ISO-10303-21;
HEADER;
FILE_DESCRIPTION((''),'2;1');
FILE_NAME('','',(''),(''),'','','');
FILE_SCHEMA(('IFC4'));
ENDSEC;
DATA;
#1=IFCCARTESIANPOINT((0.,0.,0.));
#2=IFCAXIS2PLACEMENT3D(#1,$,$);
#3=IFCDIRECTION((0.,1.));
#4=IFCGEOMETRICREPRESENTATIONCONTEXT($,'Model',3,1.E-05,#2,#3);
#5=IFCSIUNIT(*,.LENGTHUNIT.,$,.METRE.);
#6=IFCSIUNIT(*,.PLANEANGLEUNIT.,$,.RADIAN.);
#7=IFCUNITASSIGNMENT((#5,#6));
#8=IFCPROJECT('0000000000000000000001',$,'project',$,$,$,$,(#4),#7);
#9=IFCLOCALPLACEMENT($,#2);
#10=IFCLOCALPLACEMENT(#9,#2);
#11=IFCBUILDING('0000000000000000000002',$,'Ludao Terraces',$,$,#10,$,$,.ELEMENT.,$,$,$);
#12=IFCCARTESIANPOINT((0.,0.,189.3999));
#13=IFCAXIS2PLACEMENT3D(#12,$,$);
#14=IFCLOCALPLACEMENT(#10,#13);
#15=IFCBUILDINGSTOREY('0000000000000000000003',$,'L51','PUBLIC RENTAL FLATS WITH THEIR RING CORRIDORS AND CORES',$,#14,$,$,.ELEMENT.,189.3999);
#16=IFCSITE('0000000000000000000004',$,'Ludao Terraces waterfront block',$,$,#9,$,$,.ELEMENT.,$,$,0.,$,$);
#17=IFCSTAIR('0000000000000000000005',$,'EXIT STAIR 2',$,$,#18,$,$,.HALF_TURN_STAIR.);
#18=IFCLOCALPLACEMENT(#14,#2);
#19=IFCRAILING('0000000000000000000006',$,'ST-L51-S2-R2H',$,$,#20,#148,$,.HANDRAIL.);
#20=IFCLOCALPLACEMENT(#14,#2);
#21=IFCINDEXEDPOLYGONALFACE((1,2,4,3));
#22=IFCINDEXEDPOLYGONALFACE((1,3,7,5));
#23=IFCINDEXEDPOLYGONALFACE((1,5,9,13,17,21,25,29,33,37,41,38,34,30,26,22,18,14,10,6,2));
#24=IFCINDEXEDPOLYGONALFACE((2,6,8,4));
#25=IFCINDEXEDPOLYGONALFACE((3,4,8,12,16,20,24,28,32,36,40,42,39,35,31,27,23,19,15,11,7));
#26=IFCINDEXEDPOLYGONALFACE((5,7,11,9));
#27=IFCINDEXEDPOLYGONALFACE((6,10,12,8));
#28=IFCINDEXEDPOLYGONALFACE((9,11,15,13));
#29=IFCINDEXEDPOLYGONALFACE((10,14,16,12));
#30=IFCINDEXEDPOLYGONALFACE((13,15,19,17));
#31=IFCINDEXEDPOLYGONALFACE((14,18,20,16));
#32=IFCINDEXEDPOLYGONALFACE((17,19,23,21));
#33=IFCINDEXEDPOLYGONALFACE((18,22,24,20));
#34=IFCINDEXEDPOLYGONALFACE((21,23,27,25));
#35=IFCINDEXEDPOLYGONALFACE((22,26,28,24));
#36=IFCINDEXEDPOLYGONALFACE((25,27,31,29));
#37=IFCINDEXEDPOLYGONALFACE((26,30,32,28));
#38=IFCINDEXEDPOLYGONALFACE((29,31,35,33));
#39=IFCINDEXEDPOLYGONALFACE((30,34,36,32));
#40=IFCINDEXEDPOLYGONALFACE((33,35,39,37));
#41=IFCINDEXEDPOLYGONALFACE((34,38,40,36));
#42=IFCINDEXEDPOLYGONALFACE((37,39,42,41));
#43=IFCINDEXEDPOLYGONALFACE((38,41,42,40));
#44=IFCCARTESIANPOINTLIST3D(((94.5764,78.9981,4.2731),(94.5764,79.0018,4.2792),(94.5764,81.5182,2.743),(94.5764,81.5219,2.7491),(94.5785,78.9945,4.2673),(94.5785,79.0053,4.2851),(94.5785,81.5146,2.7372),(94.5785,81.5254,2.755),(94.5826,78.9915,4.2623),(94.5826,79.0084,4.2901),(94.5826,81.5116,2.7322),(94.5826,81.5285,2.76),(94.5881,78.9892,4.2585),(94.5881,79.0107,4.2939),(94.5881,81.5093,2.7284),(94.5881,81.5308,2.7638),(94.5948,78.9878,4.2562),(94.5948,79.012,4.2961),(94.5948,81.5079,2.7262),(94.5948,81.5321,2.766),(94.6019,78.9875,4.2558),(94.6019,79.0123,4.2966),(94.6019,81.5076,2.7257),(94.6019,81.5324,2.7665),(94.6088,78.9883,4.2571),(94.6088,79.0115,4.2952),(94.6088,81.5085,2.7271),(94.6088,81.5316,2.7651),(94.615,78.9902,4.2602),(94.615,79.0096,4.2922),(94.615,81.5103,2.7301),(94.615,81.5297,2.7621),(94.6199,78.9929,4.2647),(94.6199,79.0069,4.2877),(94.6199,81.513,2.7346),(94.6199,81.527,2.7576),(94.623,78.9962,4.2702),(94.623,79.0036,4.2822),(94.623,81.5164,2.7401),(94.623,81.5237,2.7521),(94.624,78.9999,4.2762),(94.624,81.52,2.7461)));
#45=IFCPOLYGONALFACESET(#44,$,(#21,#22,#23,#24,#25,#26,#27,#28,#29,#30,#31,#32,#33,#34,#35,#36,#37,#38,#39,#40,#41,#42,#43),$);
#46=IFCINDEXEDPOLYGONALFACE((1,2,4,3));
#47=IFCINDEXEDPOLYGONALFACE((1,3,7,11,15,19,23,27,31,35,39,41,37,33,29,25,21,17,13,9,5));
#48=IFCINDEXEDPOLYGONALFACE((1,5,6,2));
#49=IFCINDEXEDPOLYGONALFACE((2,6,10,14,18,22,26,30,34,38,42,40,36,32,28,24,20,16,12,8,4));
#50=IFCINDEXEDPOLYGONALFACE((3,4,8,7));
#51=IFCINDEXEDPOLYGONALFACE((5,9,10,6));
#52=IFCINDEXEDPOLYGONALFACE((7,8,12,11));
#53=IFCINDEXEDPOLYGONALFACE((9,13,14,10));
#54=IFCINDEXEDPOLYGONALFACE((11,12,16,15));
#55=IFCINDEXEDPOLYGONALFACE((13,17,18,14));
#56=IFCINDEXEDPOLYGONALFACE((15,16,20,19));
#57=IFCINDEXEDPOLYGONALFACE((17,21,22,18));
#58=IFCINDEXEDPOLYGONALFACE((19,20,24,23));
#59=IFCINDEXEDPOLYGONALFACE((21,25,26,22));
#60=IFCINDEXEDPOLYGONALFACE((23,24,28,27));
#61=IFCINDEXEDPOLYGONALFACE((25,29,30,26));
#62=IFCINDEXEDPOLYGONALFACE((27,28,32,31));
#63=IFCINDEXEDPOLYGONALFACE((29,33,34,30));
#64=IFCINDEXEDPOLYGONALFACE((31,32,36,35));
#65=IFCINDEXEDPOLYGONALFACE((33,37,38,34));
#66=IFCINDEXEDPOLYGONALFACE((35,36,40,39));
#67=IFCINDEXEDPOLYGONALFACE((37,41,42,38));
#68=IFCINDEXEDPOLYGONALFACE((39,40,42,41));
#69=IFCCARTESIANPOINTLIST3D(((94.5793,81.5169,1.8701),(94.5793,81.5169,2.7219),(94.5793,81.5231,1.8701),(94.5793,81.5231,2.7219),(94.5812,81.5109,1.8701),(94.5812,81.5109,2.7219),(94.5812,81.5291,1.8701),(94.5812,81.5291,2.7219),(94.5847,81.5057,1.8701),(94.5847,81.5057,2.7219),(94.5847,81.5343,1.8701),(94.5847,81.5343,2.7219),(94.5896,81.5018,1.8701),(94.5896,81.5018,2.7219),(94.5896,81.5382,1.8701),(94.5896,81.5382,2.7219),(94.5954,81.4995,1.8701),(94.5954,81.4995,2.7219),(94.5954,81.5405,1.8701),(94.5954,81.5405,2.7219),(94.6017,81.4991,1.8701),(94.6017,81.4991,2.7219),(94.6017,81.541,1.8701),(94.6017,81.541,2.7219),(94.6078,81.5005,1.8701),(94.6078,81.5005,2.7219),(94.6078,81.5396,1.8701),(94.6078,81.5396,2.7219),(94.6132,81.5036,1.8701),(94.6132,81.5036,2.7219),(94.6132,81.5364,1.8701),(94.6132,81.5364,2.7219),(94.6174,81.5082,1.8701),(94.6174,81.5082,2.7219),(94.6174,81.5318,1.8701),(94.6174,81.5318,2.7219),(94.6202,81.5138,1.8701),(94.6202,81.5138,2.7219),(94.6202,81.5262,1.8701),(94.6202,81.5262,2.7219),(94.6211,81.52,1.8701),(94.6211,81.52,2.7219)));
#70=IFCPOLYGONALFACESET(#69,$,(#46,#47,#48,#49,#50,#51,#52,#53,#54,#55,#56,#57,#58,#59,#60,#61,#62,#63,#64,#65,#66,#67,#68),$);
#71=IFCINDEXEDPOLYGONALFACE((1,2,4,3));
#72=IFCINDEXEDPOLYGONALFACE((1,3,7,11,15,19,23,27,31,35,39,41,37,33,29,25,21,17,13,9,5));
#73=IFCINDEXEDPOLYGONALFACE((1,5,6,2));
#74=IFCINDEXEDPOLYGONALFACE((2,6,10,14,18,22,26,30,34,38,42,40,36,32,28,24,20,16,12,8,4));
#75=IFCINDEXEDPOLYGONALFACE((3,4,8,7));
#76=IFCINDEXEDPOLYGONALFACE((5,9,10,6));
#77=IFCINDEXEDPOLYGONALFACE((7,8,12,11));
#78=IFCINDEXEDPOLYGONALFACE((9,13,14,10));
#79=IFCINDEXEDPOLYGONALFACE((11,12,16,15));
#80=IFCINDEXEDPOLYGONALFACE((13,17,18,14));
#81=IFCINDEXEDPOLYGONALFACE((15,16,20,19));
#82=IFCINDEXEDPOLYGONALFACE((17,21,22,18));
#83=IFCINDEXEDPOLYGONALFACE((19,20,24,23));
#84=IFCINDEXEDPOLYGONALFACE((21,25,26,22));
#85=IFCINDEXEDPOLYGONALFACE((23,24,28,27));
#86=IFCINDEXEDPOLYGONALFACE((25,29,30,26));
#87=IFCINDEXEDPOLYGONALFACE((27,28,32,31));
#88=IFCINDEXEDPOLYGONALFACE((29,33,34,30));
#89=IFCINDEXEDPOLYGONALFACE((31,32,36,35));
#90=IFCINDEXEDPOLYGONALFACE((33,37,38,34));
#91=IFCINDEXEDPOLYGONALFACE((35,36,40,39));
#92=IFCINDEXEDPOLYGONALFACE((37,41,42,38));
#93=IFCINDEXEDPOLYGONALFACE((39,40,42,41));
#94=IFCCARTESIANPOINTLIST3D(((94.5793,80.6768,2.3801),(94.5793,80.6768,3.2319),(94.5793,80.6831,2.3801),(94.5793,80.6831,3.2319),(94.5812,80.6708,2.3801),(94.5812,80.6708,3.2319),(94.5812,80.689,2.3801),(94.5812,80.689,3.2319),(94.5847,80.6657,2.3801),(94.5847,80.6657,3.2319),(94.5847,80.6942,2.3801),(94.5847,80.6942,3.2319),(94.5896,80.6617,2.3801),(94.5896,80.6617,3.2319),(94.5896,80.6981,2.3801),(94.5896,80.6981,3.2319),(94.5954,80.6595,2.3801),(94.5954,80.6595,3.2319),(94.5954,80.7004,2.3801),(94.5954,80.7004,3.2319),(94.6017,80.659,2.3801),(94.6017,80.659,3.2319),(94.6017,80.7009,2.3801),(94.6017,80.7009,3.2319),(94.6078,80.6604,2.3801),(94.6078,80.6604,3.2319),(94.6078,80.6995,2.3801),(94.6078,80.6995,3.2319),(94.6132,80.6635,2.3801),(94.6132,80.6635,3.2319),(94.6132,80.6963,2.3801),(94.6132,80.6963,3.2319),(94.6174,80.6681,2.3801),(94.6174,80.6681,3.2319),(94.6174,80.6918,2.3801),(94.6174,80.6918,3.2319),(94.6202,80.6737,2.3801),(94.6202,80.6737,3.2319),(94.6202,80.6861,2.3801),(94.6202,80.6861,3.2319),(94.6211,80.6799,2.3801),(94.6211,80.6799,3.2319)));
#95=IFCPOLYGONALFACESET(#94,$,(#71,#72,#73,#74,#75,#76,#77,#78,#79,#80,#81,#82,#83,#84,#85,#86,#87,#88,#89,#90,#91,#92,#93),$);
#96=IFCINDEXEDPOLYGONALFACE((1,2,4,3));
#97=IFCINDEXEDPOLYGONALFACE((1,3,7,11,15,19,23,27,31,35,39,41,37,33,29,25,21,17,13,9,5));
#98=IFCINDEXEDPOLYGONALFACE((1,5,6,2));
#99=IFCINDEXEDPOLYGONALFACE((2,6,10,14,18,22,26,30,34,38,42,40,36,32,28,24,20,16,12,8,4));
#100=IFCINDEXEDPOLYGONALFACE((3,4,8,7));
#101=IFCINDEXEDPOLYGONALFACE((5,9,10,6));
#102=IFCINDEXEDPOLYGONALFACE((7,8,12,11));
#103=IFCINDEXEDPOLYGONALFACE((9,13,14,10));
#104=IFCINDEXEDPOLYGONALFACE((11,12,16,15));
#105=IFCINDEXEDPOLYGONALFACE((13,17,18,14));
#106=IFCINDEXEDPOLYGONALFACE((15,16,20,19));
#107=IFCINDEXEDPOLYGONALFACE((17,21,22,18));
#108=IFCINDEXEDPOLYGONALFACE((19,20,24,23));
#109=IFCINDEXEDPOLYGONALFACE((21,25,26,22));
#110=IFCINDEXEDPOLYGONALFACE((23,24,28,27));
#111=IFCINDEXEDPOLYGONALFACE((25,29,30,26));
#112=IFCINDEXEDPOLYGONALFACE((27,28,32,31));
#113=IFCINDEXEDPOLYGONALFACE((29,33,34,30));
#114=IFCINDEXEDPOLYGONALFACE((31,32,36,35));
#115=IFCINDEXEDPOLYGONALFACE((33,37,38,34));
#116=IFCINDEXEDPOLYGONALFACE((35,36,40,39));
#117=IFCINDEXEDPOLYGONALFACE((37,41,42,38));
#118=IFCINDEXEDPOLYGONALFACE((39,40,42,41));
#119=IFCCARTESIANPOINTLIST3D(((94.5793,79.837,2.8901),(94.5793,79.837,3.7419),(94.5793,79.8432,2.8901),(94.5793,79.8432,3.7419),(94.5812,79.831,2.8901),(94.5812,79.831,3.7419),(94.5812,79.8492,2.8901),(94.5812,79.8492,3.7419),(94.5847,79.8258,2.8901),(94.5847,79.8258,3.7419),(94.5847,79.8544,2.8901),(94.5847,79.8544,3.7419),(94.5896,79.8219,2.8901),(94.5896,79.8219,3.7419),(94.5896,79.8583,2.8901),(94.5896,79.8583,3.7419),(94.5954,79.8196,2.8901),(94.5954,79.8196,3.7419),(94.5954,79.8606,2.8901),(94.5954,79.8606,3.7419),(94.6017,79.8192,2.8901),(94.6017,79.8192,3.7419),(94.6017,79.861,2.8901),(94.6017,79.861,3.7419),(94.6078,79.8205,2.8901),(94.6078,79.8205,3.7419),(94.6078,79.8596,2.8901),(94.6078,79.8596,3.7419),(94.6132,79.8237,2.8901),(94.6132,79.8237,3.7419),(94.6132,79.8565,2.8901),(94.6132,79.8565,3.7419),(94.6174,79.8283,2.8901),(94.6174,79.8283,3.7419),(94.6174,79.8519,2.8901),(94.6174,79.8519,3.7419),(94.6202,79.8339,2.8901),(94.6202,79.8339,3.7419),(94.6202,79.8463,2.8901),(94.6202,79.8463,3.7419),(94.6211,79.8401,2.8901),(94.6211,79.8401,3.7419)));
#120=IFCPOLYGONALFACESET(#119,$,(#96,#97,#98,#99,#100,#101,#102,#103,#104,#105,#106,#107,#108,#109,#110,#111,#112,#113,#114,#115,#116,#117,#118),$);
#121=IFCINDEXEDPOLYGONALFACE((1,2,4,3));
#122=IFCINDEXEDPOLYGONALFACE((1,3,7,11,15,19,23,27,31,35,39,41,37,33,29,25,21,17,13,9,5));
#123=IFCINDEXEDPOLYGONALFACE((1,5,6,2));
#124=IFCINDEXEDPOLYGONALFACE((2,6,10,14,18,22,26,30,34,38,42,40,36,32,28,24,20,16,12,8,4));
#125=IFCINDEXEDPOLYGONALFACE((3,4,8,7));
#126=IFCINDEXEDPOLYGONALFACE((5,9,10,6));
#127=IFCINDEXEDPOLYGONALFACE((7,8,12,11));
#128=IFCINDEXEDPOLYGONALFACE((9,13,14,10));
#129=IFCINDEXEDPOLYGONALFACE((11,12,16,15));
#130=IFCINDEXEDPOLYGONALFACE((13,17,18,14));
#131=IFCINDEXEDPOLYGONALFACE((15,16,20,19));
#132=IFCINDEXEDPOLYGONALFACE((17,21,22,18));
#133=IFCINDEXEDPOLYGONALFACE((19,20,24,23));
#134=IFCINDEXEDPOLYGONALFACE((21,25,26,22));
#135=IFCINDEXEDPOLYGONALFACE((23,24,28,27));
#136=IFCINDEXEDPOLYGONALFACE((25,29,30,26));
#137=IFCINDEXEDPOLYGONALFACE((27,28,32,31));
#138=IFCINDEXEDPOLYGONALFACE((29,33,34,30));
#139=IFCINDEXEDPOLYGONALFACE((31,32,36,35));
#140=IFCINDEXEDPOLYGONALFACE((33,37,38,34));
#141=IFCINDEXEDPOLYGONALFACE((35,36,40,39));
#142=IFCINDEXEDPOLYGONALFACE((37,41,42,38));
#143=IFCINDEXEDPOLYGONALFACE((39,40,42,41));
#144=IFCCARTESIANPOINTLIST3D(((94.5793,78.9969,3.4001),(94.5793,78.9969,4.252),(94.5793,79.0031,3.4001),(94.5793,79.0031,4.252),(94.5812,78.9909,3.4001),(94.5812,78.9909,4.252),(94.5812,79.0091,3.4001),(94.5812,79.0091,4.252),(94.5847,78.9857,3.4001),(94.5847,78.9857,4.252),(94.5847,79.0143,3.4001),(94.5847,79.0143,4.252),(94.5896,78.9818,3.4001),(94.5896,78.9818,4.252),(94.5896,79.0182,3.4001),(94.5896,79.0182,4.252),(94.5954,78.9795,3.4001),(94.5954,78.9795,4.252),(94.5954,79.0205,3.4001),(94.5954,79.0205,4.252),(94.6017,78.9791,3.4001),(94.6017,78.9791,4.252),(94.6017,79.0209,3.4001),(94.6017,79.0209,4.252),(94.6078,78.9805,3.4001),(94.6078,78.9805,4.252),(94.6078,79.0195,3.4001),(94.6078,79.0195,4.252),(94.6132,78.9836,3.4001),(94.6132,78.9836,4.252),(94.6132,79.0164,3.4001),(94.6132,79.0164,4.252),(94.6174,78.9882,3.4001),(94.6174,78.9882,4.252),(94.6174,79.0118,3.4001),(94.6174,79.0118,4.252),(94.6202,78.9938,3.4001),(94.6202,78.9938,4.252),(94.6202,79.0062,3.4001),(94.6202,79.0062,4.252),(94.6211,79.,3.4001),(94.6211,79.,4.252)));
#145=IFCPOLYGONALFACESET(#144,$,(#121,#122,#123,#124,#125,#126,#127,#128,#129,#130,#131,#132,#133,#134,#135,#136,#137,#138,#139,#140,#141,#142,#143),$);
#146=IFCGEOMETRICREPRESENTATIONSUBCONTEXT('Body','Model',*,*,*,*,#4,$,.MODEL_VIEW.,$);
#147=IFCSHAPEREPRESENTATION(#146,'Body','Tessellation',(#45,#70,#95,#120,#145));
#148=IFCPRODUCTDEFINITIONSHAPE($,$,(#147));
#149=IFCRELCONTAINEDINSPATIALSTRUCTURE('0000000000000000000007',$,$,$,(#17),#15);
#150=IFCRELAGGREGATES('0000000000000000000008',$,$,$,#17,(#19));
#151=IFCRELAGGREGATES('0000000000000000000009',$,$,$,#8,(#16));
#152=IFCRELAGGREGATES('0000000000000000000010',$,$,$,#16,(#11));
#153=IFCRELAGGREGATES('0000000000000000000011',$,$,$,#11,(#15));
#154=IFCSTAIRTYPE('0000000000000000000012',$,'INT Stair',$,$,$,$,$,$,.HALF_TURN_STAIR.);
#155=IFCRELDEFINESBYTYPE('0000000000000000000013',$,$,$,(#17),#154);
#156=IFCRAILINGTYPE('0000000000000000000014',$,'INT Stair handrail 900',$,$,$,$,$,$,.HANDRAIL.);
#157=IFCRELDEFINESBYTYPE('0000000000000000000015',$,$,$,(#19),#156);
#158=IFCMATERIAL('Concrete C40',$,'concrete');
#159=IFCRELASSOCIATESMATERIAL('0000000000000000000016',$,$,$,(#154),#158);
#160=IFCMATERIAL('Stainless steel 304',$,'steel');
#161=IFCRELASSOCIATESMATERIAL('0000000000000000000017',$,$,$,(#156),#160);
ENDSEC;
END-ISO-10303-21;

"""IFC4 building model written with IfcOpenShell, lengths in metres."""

from ifc_helpers import new_model, si_unit, direction, frame, origin, origin_2d, place, context, subcontext, project, spatial, circle, extrude, material, type_object, element, aggregate, save


model = new_model("IFC4")

# Units and contexts
model_context = context("Model", 3, precision=1e-05, world=origin(), true_north=direction((0.0, 1.0)))
body_context = subcontext(model_context, "Body", "Model", "MODEL_VIEW")
ifc_project = project(units=[si_unit("LENGTHUNIT", "METRE"), si_unit("PLANEANGLEUNIT", "RADIAN")], contexts=[model_context])

# Site, building, storey
site_placement = place(None, origin())
site = spatial("IfcSite", under=ifc_project, at=site_placement, Name="Ludao Terraces waterfront block", CompositionType="ELEMENT", RefElevation=0.0)
building_placement = place(site_placement, origin())
building = spatial("IfcBuilding", under=site, at=building_placement, Name="Ludao Terraces", CompositionType="ELEMENT")
storey_placement = place(building_placement, frame((0.0, 0.0, 189.3999)))
storey = spatial("IfcBuildingStorey", under=building, at=storey_placement, Name="L51", Description="PUBLIC RENTAL FLATS WITH THEIR RING CORRIDORS AND CORES", CompositionType="ELEMENT", Elevation=189.3999)

# Shared definitions
ifc_material_1 = material(Name="Stainless steel 304", Category="steel")

# Stair, railing
ifc_material_2 = material(Name="Concrete C40", Category="concrete")
stair_type = type_object("IfcStairType", Name="INT Stair", PredefinedType="HALF_TURN_STAIR", material=ifc_material_2)
stair_placement = place(storey_placement, origin())
stair = element("IfcStair", 1, at=stair_placement, inside=storey, type_object=stair_type, Name="EXIT STAIR 2", PredefinedType="HALF_TURN_STAIR")
railing_type_1 = type_object("IfcRailingType", Name="INT Stair handrail 900", PredefinedType="HANDRAIL", material=ifc_material_1)
railing_1_placement = place(storey_placement, frame((94.6001, 81.52, 1.8701)))
railing_1 = element("IfcRailing", 2, at=railing_1_placement, type_object=railing_type_1, Name="ST-L51-S2-R2H", PredefinedType="HANDRAIL", context=body_context, shape_type="SweptSolid", body=[
    extrude(circle(Radius=0.0239, at=origin_2d()), frame((0.0, 0.0, 0.876), z_axis=(0.0, -0.854785, 0.518982), x_axis=(1.0, 0.0, 0.0)), (0.0, 0.0, 1.0), 2.9482),
    extrude(circle(Radius=0.021, at=origin_2d()), origin(), (0.0, 0.0, 1.0), 0.8518),
    extrude(circle(Radius=0.021, at=origin_2d()), frame((0.0, -0.8401, 0.51)), (0.0, 0.0, 1.0), 0.8518),
    extrude(circle(Radius=0.021, at=origin_2d()), frame((0.0, -1.6799, 1.02)), (0.0, 0.0, 1.0), 0.8518),
    extrude(circle(Radius=0.021, at=origin_2d()), frame((0.0, -2.52, 1.53)), (0.0, 0.0, 1.0), 0.8518),
])
aggregate(stair, [railing_1])

save(model, "model.ifc")
